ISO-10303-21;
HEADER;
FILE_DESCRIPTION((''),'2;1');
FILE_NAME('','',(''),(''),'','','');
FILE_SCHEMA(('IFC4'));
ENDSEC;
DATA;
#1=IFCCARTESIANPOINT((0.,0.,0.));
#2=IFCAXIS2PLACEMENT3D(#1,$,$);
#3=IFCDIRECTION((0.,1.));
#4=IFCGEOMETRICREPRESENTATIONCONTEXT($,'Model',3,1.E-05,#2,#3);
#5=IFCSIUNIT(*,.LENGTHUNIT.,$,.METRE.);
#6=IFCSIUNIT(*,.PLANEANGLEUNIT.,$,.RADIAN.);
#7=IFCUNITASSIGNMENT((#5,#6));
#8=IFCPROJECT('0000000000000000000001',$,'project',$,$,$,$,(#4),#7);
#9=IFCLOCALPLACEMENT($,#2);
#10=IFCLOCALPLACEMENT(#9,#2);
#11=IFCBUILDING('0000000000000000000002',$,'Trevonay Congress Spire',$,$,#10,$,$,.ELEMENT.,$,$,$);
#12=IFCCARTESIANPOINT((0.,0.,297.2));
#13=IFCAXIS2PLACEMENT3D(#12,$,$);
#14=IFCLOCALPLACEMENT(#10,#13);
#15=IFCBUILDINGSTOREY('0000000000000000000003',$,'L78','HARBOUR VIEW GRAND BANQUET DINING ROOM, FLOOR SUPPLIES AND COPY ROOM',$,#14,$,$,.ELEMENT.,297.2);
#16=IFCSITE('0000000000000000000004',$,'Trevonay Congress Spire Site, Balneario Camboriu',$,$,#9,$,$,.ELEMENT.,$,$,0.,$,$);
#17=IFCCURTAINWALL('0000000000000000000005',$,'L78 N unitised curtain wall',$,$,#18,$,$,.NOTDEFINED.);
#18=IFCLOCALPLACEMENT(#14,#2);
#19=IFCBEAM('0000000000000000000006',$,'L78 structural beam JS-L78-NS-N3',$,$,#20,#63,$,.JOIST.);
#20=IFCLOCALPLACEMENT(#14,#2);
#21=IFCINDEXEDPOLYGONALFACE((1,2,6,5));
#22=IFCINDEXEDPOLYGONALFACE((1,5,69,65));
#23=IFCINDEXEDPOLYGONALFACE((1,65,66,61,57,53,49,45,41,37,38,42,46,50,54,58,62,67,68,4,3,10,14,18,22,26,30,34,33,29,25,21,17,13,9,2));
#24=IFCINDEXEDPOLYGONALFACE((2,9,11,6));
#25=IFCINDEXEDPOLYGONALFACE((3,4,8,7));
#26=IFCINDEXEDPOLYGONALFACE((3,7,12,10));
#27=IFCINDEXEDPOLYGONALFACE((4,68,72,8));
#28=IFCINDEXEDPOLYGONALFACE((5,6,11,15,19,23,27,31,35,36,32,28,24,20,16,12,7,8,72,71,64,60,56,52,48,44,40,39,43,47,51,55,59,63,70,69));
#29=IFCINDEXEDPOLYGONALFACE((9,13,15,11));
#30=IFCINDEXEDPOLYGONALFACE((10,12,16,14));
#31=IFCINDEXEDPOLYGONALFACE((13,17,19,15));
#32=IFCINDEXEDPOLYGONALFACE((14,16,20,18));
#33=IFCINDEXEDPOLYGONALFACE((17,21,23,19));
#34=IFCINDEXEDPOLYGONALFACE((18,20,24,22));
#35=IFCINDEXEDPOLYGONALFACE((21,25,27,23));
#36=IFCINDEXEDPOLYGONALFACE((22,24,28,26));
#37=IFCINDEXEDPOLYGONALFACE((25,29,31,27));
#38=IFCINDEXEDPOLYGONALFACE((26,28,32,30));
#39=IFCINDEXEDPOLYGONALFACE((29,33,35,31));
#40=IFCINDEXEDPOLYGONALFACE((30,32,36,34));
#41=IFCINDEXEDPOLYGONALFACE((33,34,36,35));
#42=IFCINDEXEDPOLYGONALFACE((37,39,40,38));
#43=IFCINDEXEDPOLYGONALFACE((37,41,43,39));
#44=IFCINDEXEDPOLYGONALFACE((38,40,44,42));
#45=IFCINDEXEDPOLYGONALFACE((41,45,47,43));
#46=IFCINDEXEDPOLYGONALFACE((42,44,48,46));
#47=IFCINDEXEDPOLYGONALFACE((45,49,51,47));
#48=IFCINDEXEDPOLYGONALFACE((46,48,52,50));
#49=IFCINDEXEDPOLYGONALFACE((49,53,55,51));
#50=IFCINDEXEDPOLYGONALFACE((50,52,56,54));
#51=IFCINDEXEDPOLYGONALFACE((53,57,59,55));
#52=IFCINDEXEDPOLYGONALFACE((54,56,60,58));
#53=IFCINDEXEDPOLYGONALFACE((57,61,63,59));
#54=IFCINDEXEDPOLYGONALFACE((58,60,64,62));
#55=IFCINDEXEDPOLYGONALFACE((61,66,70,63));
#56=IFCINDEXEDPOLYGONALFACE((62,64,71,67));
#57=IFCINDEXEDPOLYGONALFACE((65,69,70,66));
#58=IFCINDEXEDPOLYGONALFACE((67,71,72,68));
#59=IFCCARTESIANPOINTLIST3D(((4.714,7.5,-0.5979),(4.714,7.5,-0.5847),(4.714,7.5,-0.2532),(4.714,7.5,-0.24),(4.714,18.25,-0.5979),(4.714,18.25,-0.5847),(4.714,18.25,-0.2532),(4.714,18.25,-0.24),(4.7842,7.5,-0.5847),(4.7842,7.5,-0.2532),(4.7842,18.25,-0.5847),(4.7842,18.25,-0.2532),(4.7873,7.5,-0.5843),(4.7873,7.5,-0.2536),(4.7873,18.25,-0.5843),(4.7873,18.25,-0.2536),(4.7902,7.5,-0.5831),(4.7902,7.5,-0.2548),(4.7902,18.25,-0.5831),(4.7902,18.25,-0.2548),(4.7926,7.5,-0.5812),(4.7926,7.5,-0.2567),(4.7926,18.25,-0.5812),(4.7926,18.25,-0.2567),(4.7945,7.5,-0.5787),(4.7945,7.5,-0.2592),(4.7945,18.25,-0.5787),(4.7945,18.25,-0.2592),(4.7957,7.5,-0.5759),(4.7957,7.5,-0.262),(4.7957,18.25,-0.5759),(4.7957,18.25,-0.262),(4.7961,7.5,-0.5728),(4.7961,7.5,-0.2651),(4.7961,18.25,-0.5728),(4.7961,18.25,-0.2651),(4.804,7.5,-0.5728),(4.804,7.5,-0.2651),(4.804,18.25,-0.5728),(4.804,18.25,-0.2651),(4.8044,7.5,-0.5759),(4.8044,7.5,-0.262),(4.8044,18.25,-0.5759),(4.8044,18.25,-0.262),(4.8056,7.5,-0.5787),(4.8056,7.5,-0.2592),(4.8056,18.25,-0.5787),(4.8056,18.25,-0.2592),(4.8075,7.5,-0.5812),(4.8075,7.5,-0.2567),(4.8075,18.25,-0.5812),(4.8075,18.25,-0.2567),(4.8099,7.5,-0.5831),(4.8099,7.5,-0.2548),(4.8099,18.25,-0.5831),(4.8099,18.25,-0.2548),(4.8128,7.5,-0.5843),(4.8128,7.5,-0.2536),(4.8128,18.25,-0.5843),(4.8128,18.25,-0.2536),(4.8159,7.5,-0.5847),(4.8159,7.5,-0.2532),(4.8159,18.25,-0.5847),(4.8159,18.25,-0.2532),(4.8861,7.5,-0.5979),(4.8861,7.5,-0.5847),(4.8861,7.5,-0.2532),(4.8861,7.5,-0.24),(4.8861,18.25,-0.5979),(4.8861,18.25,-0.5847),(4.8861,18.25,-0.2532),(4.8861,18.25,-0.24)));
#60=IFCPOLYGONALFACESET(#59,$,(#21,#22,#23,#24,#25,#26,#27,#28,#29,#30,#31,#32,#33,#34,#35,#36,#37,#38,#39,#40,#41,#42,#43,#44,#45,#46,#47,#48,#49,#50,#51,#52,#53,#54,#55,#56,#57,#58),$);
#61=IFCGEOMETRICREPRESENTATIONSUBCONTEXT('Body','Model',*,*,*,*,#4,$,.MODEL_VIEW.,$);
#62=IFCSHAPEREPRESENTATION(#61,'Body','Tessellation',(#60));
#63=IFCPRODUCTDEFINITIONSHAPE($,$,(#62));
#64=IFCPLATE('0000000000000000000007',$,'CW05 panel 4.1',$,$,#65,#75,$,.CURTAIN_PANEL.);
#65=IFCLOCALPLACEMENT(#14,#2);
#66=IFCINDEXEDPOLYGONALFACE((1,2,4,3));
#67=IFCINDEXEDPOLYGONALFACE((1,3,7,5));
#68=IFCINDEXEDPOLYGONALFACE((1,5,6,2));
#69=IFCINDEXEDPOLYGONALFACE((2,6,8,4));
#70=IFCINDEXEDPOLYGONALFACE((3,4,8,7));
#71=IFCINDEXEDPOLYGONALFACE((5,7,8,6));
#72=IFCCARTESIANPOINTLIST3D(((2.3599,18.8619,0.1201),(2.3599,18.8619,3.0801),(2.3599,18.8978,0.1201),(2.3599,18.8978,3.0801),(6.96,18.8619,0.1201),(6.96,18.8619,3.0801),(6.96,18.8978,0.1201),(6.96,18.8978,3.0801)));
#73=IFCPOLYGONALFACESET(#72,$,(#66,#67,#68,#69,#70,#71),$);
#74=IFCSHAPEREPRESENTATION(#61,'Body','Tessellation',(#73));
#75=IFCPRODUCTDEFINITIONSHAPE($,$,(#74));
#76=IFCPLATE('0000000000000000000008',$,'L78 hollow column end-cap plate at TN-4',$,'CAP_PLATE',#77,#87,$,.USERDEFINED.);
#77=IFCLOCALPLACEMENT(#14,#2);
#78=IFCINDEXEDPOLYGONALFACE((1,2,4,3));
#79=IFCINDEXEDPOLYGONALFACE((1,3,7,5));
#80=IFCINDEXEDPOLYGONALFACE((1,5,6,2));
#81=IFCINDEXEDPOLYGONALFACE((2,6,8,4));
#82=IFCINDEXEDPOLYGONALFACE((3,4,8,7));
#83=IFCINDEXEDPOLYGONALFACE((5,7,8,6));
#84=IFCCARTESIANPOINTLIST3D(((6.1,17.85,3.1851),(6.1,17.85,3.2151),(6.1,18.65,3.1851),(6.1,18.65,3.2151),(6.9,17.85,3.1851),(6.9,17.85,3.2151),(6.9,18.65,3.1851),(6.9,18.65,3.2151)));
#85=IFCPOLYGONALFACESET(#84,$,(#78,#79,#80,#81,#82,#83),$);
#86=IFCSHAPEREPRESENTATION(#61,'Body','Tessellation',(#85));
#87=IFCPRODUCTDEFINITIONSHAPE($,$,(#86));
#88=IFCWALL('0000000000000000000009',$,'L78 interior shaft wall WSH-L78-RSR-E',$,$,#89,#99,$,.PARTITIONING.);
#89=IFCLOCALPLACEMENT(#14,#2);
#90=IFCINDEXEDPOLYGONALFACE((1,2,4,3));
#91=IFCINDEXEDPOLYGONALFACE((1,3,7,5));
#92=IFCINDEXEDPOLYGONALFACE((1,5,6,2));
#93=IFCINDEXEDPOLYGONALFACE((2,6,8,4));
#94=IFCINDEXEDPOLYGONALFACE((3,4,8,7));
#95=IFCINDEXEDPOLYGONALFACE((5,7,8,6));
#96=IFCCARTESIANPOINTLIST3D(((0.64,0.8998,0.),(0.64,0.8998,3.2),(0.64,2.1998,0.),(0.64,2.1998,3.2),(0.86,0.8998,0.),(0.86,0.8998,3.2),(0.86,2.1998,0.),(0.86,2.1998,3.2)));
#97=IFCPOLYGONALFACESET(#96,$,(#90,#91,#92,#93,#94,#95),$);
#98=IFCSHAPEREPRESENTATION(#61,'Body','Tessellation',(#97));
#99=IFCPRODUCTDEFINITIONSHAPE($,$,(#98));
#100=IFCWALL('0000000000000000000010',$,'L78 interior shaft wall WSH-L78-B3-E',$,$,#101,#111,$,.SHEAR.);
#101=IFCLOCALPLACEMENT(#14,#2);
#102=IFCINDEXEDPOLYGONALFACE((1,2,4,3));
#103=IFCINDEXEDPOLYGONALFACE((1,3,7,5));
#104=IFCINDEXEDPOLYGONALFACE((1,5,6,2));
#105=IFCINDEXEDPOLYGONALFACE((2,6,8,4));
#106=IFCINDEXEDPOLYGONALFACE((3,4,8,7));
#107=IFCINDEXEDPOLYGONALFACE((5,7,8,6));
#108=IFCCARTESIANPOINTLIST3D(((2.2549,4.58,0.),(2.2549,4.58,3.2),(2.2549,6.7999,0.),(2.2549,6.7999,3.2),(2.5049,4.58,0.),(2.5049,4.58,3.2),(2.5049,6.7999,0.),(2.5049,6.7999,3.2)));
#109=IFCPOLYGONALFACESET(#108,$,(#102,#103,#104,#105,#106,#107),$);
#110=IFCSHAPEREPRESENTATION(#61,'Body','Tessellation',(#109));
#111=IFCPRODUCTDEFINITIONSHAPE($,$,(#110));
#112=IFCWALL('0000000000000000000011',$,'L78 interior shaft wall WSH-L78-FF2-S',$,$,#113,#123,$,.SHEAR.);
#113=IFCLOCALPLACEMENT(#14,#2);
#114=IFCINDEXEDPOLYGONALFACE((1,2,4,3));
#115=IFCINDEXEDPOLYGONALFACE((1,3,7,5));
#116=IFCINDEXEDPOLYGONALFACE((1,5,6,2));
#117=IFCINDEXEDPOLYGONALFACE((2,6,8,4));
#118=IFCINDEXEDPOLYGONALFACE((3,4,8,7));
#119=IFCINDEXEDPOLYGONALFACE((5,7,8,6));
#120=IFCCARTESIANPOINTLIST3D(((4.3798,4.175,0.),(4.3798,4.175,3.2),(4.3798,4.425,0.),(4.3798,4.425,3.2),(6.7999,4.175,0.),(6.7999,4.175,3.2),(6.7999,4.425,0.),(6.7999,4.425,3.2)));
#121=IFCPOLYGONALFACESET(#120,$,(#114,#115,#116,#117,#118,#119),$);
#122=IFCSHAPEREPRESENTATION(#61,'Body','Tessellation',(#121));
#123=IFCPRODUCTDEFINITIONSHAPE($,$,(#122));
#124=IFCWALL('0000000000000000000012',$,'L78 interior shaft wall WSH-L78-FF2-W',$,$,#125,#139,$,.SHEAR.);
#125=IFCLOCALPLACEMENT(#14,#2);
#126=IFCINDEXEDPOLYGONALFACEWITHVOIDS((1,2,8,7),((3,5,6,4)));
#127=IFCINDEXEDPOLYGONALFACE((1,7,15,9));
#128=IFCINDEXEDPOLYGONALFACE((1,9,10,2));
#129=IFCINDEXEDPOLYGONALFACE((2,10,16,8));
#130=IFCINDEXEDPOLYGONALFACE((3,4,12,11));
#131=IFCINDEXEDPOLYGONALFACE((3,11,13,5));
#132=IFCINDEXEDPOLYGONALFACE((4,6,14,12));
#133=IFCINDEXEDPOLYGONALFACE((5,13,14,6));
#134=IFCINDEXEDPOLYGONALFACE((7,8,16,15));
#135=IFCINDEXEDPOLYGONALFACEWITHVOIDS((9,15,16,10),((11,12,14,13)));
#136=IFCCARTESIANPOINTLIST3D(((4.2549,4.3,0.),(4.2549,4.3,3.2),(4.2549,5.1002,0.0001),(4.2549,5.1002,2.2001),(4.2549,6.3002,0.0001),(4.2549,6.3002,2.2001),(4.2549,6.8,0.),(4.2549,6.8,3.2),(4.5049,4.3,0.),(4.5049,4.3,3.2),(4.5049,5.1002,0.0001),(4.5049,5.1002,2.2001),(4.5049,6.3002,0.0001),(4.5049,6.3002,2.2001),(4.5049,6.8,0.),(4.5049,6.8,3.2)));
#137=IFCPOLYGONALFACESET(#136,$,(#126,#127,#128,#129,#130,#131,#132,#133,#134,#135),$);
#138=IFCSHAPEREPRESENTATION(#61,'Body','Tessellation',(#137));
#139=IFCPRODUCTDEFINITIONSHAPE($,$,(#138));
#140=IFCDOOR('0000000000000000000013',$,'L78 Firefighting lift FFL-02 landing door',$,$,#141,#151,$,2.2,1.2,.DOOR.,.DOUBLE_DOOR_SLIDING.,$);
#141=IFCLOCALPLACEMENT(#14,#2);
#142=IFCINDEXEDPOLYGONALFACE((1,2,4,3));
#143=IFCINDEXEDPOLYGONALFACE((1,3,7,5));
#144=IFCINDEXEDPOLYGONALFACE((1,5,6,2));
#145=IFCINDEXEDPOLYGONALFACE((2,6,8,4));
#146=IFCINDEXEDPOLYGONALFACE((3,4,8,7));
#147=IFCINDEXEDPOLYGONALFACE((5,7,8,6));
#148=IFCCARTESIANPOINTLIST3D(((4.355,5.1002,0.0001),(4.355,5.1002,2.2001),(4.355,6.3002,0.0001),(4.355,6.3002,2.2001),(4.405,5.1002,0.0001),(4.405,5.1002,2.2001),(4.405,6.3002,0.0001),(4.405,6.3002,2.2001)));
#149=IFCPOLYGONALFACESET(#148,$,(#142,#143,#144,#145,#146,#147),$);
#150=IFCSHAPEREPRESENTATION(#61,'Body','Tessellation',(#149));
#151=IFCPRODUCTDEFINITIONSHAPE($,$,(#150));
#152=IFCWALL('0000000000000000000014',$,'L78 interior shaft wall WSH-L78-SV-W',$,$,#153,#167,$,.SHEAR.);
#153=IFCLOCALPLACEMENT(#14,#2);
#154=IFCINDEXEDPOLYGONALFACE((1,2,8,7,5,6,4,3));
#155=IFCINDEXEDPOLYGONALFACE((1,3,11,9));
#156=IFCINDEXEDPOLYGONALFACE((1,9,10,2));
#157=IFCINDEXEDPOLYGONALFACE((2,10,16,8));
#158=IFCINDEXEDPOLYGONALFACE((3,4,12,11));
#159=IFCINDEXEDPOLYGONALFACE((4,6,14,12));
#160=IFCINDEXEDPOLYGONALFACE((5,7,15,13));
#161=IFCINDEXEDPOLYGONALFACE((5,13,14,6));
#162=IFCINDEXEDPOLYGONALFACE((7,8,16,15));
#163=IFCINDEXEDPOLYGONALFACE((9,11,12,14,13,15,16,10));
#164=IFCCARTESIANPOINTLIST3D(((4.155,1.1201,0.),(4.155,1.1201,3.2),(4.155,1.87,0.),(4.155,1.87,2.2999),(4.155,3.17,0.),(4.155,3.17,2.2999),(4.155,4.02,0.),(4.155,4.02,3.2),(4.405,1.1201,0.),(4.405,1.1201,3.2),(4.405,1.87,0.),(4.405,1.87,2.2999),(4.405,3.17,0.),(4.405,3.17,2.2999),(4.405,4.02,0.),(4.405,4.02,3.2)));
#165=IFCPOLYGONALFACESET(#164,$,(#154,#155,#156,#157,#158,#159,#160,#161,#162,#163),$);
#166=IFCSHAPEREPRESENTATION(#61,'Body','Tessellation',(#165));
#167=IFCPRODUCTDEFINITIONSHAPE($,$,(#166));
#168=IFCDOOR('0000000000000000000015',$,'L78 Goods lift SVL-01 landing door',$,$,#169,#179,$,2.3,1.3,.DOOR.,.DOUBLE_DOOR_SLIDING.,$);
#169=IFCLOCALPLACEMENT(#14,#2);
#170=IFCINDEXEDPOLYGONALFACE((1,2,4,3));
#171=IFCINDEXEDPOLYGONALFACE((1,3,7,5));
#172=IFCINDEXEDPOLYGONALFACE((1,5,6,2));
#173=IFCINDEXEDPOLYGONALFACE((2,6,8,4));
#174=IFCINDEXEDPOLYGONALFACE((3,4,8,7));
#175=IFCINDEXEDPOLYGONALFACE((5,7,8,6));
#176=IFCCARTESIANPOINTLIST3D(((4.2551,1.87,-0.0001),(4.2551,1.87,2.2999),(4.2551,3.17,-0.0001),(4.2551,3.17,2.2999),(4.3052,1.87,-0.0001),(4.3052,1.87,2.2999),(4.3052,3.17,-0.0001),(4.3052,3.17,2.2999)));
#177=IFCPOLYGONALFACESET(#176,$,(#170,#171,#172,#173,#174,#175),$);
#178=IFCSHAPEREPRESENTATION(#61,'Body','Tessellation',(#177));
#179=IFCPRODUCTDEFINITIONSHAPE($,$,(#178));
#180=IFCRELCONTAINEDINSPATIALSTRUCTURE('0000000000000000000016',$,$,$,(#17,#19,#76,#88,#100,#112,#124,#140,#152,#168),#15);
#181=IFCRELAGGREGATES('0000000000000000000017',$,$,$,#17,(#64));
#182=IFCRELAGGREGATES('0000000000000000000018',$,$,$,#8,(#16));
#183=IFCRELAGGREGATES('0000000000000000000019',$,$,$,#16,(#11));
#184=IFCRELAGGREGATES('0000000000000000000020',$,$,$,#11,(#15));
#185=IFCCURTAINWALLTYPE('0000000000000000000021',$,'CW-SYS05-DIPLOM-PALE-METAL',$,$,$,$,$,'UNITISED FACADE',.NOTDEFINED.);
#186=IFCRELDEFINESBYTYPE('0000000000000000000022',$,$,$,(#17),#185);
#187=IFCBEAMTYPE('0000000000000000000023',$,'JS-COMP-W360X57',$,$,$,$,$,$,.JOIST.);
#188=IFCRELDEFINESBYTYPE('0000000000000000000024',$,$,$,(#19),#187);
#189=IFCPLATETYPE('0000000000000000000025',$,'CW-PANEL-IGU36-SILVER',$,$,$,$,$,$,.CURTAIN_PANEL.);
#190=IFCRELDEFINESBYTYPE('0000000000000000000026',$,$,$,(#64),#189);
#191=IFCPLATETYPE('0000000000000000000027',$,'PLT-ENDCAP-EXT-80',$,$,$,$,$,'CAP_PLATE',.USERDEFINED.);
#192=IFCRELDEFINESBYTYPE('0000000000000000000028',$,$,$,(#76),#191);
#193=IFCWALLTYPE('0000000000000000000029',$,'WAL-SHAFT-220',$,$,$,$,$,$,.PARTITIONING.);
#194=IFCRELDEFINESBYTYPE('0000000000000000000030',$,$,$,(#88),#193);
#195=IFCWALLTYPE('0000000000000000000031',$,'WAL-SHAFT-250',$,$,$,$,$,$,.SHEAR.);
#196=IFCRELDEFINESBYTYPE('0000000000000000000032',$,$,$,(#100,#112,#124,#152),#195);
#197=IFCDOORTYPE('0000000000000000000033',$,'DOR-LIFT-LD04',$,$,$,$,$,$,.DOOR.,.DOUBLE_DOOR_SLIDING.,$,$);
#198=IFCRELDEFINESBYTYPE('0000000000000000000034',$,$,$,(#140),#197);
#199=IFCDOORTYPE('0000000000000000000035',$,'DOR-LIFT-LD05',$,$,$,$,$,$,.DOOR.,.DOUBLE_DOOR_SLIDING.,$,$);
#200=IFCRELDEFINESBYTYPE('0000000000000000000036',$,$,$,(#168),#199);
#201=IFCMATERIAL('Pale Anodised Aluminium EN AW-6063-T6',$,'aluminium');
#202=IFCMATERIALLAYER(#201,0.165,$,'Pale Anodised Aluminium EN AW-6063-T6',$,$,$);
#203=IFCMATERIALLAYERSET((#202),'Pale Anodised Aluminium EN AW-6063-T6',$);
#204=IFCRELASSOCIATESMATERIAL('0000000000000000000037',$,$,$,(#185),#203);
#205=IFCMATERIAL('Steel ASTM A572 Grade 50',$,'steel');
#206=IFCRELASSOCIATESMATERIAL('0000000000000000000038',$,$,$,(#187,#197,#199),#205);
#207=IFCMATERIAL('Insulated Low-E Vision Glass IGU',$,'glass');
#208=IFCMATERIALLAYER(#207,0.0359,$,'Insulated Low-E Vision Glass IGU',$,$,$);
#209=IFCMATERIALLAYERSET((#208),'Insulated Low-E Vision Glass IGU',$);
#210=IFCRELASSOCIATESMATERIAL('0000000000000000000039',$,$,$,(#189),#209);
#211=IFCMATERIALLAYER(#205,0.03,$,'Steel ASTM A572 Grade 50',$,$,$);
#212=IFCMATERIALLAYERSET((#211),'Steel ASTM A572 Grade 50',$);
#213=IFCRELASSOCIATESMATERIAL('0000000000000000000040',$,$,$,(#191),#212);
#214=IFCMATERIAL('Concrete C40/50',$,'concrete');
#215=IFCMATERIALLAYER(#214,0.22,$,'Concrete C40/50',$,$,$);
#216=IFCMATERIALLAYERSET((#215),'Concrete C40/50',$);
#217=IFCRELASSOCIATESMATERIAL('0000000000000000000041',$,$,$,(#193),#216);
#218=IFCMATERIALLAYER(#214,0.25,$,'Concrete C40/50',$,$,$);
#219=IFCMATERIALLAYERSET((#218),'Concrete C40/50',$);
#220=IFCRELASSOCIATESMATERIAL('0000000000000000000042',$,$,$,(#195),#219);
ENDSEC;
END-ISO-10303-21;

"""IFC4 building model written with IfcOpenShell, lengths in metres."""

from ifc_helpers import new_model, si_unit, direction, frame, frame_2d, origin, origin_2d, place, context, subcontext, project, spatial, rectangle, i_section, extrude, material, layer, layer_set, material_profile, profile_set, type_object, element, fill, aggregate, save


model = new_model("IFC4")

# Units and contexts
model_context = context("Model", 3, precision=1e-05, world=origin(), true_north=direction((0.0, 1.0)))
body_context = subcontext(model_context, "Body", "Model", "MODEL_VIEW")
ifc_project = project(units=[si_unit("LENGTHUNIT", "METRE"), si_unit("PLANEANGLEUNIT", "RADIAN")], contexts=[model_context])

# Site, building, storey
site_placement = place(None, origin())
site = spatial("IfcSite", under=ifc_project, at=site_placement, Name="Trevonay Congress Spire Site, Balneario Camboriu", CompositionType="ELEMENT", RefElevation=0.0)
building_placement = place(site_placement, origin())
building = spatial("IfcBuilding", under=site, at=building_placement, Name="Trevonay Congress Spire", CompositionType="ELEMENT")
storey_placement = place(building_placement, frame((0.0, 0.0, 297.2)))
storey = spatial("IfcBuildingStorey", under=building, at=storey_placement, Name="L78", Description="HARBOUR VIEW GRAND BANQUET DINING ROOM, FLOOR SUPPLIES AND COPY ROOM", CompositionType="ELEMENT", Elevation=297.2)

# Shared definitions
ifc_material_1 = material(Name="Steel ASTM A572 Grade 50", Category="steel")

# Curtain wall
ifc_material_2 = material(Name="Pale Anodised Aluminium EN AW-6063-T6", Category="aluminium")
ifc_layer_1 = layer(ifc_material_2, 0.165, Name="Pale Anodised Aluminium EN AW-6063-T6")
ifc_layer_set_1 = layer_set([ifc_layer_1], Name="Pale Anodised Aluminium EN AW-6063-T6")
curtain_wall_type = type_object("IfcCurtainWallType", Name="CW-SYS05-DIPLOM-PALE-METAL", ElementType="UNITISED FACADE", PredefinedType="NOTDEFINED", material=ifc_layer_set_1)
curtain_wall_placement = place(storey_placement, origin())
curtain_wall = element("IfcCurtainWall", 1, at=curtain_wall_placement, inside=storey, type_object=curtain_wall_type, Name="L78 N unitised curtain wall", PredefinedType="NOTDEFINED")

# Beam
ifc_material_profile_1 = material_profile(ifc_material_1, i_section(OverallWidth=0.1721, OverallDepth=0.3579, WebThickness=0.0078, FlangeThickness=0.0132, FilletRadius=0.012, at=origin_2d()), Name="W360x57.8")
ifc_profile_set_1 = profile_set([ifc_material_profile_1], Name="Steel ASTM A572 Grade 50")
beam_type_1 = type_object("IfcBeamType", Name="JS-COMP-W360X57", PredefinedType="JOIST", material=ifc_profile_set_1)
beam_1_placement = place(storey_placement, frame((4.8, 7.5, -0.4189), z_axis=(0.0, 1.0, 0.0), x_axis=(-1.0, 0.0, 0.0)))
element("IfcBeam", 2, at=beam_1_placement, inside=storey, type_object=beam_type_1, Name="L78 structural beam JS-L78-NS-N3", PredefinedType="JOIST", context=body_context, shape_type="SweptSolid", body=[
    extrude(i_section(OverallWidth=0.1721, OverallDepth=0.3579, WebThickness=0.0078, FlangeThickness=0.0132, FilletRadius=0.012, at=origin_2d()), origin(), (0.0, 0.0, 1.0), 10.75),
])

# Plates
ifc_material_3 = material(Name="Insulated Low-E Vision Glass IGU", Category="glass")
ifc_layer_2 = layer(ifc_material_3, 0.0359, Name="Insulated Low-E Vision Glass IGU")
ifc_layer_set_2 = layer_set([ifc_layer_2], Name="Insulated Low-E Vision Glass IGU")
plate_type_1 = type_object("IfcPlateType", Name="CW-PANEL-IGU36-SILVER", PredefinedType="CURTAIN_PANEL", material=ifc_layer_set_2)
plate_1_placement = place(storey_placement, frame((4.6599, 18.8799, 0.1201), z_axis=(0.0, 0.0, 1.0), x_axis=(1.0, 0.0, 0.0)))
plate_1 = element("IfcPlate", 3, at=plate_1_placement, type_object=plate_type_1, Name="CW05 panel 4.1", PredefinedType="CURTAIN_PANEL", context=body_context, shape_type="SweptSolid", body=[
    extrude(rectangle(XDim=4.6001, YDim=0.0359, at=origin_2d()), origin(), (0.0, 0.0, 1.0), 2.96),
])
aggregate(curtain_wall, [plate_1])
ifc_layer_3 = layer(ifc_material_1, 0.03, Name="Steel ASTM A572 Grade 50")
ifc_layer_set_3 = layer_set([ifc_layer_3], Name="Steel ASTM A572 Grade 50")
plate_type_2 = type_object("IfcPlateType", Name="PLT-ENDCAP-EXT-80", ElementType="CAP_PLATE", PredefinedType="USERDEFINED", material=ifc_layer_set_3)
plate_2_placement = place(storey_placement, frame((6.5, 18.25, 3.1851), z_axis=(0.0, 0.0, 1.0), x_axis=(1.0, 0.0, 0.0)))
element("IfcPlate", 4, at=plate_2_placement, inside=storey, type_object=plate_type_2, Name="L78 hollow column end-cap plate at TN-4", ObjectType="CAP_PLATE", PredefinedType="USERDEFINED", context=body_context, shape_type="SweptSolid", body=[
    extrude(rectangle(XDim=0.8, YDim=0.8, at=origin_2d()), origin(), (0.0, 0.0, 1.0), 0.03),
])

# Walls
ifc_material_4 = material(Name="Concrete C40/50", Category="concrete")
ifc_layer_4 = layer(ifc_material_4, 0.22, Name="Concrete C40/50")
ifc_layer_set_4 = layer_set([ifc_layer_4], Name="Concrete C40/50")
wall_type_1 = type_object("IfcWallType", Name="WAL-SHAFT-220", PredefinedType="PARTITIONING", material=ifc_layer_set_4)
wall_1_placement = place(storey_placement, frame((0.75, 0.8999, 0.0), z_axis=(0.0, 0.0, 1.0), x_axis=(0.0, 1.0, 0.0)))
element("IfcWall", 5, at=wall_1_placement, inside=storey, type_object=wall_type_1, Name="L78 interior shaft wall WSH-L78-RSR-E", PredefinedType="PARTITIONING", context=body_context, shape_type="SweptSolid", body=[
    extrude(rectangle(XDim=1.3, YDim=0.22, at=frame_2d((0.6499, 0.0))), origin(), (0.0, 0.0, 1.0), 3.2),
])
ifc_layer_5 = layer(ifc_material_4, 0.25, Name="Concrete C40/50")
ifc_layer_set_5 = layer_set([ifc_layer_5], Name="Concrete C40/50")
wall_type_2 = type_object("IfcWallType", Name="WAL-SHAFT-250", PredefinedType="SHEAR", material=ifc_layer_set_5)
wall_2_placement = place(storey_placement, frame((2.3799, 4.5801, 0.0), z_axis=(0.0, 0.0, 1.0), x_axis=(0.0, 1.0, 0.0)))
element("IfcWall", 6, at=wall_2_placement, inside=storey, type_object=wall_type_2, Name="L78 interior shaft wall WSH-L78-B3-E", PredefinedType="SHEAR", context=body_context, shape_type="SweptSolid", body=[
    extrude(rectangle(XDim=2.22, YDim=0.25, at=frame_2d((1.1099, 0.0))), origin(), (0.0, 0.0, 1.0), 3.2),
])
wall_3_placement = place(storey_placement, frame((4.3799, 4.3, 0.0), z_axis=(0.0, 0.0, 1.0), x_axis=(1.0, 0.0, 0.0)))
element("IfcWall", 7, at=wall_3_placement, inside=storey, type_object=wall_type_2, Name="L78 interior shaft wall WSH-L78-FF2-S", PredefinedType="SHEAR", context=body_context, shape_type="SweptSolid", body=[
    extrude(rectangle(XDim=2.4202, YDim=0.25, at=frame_2d((1.21, 0.0))), origin(), (0.0, 0.0, 1.0), 3.2),
])

# Walls, openings, doors
wall_4_placement = place(storey_placement, frame((4.3799, 4.3, 0.0), z_axis=(0.0, 0.0, 1.0), x_axis=(0.0, 1.0, 0.0)))
wall_4 = element("IfcWall", 8, at=wall_4_placement, inside=storey, type_object=wall_type_2, Name="L78 interior shaft wall WSH-L78-FF2-W", PredefinedType="SHEAR", context=body_context, shape_type="SweptSolid", body=[
    extrude(rectangle(XDim=2.5, YDim=0.25, at=frame_2d((1.25, 0.0))), origin(), (0.0, 0.0, 1.0), 3.2),
])
opening_1_placement = place(wall_4_placement, frame((0.8, 0.0, 0.0)))
opening_1 = element("IfcOpeningElement", 9, at=opening_1_placement, cuts=wall_4, PredefinedType="OPENING", context=body_context, shape_type="SweptSolid", body=[
    extrude(rectangle(XDim=1.2, YDim=2.2, at=frame_2d((0.6001, 1.1001))), frame((0.0, 0.135, 0.0), z_axis=(0.0, -1.0, 0.0), x_axis=(1.0, 0.0, 0.0)), (0.0, 0.0, 1.0), 0.27),
])
door_type_1 = type_object("IfcDoorType", Name="DOR-LIFT-LD04", OperationType="DOUBLE_DOOR_SLIDING", PredefinedType="DOOR", material=ifc_material_1)
door_1_placement = place(opening_1_placement, origin())
door_1 = element("IfcDoor", 10, at=door_1_placement, inside=storey, type_object=door_type_1, Name="L78 Firefighting lift FFL-02 landing door", OperationType="DOUBLE_DOOR_SLIDING", OverallHeight=2.2, OverallWidth=1.2, PredefinedType="DOOR", context=body_context, shape_type="SweptSolid", body=[
    extrude(rectangle(XDim=1.2, YDim=2.2, at=frame_2d((0.6001, 1.1001))), frame((0.0, 0.0249, 0.0), z_axis=(0.0, -1.0, 0.0), x_axis=(1.0, 0.0, 0.0)), (0.0, 0.0, 1.0), 0.05),
])
fill(opening_1, door_1)
wall_5_placement = place(storey_placement, frame((4.28, 1.1201, 0.0), z_axis=(0.0, 0.0, 1.0), x_axis=(0.0, 1.0, 0.0)))
wall_5 = element("IfcWall", 11, at=wall_5_placement, inside=storey, type_object=wall_type_2, Name="L78 interior shaft wall WSH-L78-SV-W", PredefinedType="SHEAR", context=body_context, shape_type="SweptSolid", body=[
    extrude(rectangle(XDim=2.8999, YDim=0.25, at=frame_2d((1.45, 0.0))), origin(), (0.0, 0.0, 1.0), 3.2),
])
opening_2_placement = place(wall_5_placement, frame((0.75, 0.0, 0.0)))
opening_2 = element("IfcOpeningElement", 12, at=opening_2_placement, cuts=wall_5, PredefinedType="OPENING", context=body_context, shape_type="SweptSolid", body=[
    extrude(rectangle(XDim=1.3, YDim=2.3, at=frame_2d((0.6499, 1.1499))), frame((0.0, 0.135, 0.0), z_axis=(0.0, -1.0, 0.0), x_axis=(1.0, 0.0, 0.0)), (0.0, 0.0, 1.0), 0.27),
])
door_type_2 = type_object("IfcDoorType", Name="DOR-LIFT-LD05", OperationType="DOUBLE_DOOR_SLIDING", PredefinedType="DOOR", material=ifc_material_1)
door_2_placement = place(opening_2_placement, origin())
door_2 = element("IfcDoor", 13, at=door_2_placement, inside=storey, type_object=door_type_2, Name="L78 Goods lift SVL-01 landing door", OperationType="DOUBLE_DOOR_SLIDING", OverallHeight=2.3, OverallWidth=1.3, PredefinedType="DOOR", context=body_context, shape_type="SweptSolid", body=[
    extrude(rectangle(XDim=1.3, YDim=2.3, at=frame_2d((0.6499, 1.1499))), frame((0.0, 0.0249, 0.0), z_axis=(0.0, -1.0, 0.0), x_axis=(1.0, 0.0, 0.0)), (0.0, 0.0, 1.0), 0.05),
])
fill(opening_2, door_2)

save(model, "model.ifc")
